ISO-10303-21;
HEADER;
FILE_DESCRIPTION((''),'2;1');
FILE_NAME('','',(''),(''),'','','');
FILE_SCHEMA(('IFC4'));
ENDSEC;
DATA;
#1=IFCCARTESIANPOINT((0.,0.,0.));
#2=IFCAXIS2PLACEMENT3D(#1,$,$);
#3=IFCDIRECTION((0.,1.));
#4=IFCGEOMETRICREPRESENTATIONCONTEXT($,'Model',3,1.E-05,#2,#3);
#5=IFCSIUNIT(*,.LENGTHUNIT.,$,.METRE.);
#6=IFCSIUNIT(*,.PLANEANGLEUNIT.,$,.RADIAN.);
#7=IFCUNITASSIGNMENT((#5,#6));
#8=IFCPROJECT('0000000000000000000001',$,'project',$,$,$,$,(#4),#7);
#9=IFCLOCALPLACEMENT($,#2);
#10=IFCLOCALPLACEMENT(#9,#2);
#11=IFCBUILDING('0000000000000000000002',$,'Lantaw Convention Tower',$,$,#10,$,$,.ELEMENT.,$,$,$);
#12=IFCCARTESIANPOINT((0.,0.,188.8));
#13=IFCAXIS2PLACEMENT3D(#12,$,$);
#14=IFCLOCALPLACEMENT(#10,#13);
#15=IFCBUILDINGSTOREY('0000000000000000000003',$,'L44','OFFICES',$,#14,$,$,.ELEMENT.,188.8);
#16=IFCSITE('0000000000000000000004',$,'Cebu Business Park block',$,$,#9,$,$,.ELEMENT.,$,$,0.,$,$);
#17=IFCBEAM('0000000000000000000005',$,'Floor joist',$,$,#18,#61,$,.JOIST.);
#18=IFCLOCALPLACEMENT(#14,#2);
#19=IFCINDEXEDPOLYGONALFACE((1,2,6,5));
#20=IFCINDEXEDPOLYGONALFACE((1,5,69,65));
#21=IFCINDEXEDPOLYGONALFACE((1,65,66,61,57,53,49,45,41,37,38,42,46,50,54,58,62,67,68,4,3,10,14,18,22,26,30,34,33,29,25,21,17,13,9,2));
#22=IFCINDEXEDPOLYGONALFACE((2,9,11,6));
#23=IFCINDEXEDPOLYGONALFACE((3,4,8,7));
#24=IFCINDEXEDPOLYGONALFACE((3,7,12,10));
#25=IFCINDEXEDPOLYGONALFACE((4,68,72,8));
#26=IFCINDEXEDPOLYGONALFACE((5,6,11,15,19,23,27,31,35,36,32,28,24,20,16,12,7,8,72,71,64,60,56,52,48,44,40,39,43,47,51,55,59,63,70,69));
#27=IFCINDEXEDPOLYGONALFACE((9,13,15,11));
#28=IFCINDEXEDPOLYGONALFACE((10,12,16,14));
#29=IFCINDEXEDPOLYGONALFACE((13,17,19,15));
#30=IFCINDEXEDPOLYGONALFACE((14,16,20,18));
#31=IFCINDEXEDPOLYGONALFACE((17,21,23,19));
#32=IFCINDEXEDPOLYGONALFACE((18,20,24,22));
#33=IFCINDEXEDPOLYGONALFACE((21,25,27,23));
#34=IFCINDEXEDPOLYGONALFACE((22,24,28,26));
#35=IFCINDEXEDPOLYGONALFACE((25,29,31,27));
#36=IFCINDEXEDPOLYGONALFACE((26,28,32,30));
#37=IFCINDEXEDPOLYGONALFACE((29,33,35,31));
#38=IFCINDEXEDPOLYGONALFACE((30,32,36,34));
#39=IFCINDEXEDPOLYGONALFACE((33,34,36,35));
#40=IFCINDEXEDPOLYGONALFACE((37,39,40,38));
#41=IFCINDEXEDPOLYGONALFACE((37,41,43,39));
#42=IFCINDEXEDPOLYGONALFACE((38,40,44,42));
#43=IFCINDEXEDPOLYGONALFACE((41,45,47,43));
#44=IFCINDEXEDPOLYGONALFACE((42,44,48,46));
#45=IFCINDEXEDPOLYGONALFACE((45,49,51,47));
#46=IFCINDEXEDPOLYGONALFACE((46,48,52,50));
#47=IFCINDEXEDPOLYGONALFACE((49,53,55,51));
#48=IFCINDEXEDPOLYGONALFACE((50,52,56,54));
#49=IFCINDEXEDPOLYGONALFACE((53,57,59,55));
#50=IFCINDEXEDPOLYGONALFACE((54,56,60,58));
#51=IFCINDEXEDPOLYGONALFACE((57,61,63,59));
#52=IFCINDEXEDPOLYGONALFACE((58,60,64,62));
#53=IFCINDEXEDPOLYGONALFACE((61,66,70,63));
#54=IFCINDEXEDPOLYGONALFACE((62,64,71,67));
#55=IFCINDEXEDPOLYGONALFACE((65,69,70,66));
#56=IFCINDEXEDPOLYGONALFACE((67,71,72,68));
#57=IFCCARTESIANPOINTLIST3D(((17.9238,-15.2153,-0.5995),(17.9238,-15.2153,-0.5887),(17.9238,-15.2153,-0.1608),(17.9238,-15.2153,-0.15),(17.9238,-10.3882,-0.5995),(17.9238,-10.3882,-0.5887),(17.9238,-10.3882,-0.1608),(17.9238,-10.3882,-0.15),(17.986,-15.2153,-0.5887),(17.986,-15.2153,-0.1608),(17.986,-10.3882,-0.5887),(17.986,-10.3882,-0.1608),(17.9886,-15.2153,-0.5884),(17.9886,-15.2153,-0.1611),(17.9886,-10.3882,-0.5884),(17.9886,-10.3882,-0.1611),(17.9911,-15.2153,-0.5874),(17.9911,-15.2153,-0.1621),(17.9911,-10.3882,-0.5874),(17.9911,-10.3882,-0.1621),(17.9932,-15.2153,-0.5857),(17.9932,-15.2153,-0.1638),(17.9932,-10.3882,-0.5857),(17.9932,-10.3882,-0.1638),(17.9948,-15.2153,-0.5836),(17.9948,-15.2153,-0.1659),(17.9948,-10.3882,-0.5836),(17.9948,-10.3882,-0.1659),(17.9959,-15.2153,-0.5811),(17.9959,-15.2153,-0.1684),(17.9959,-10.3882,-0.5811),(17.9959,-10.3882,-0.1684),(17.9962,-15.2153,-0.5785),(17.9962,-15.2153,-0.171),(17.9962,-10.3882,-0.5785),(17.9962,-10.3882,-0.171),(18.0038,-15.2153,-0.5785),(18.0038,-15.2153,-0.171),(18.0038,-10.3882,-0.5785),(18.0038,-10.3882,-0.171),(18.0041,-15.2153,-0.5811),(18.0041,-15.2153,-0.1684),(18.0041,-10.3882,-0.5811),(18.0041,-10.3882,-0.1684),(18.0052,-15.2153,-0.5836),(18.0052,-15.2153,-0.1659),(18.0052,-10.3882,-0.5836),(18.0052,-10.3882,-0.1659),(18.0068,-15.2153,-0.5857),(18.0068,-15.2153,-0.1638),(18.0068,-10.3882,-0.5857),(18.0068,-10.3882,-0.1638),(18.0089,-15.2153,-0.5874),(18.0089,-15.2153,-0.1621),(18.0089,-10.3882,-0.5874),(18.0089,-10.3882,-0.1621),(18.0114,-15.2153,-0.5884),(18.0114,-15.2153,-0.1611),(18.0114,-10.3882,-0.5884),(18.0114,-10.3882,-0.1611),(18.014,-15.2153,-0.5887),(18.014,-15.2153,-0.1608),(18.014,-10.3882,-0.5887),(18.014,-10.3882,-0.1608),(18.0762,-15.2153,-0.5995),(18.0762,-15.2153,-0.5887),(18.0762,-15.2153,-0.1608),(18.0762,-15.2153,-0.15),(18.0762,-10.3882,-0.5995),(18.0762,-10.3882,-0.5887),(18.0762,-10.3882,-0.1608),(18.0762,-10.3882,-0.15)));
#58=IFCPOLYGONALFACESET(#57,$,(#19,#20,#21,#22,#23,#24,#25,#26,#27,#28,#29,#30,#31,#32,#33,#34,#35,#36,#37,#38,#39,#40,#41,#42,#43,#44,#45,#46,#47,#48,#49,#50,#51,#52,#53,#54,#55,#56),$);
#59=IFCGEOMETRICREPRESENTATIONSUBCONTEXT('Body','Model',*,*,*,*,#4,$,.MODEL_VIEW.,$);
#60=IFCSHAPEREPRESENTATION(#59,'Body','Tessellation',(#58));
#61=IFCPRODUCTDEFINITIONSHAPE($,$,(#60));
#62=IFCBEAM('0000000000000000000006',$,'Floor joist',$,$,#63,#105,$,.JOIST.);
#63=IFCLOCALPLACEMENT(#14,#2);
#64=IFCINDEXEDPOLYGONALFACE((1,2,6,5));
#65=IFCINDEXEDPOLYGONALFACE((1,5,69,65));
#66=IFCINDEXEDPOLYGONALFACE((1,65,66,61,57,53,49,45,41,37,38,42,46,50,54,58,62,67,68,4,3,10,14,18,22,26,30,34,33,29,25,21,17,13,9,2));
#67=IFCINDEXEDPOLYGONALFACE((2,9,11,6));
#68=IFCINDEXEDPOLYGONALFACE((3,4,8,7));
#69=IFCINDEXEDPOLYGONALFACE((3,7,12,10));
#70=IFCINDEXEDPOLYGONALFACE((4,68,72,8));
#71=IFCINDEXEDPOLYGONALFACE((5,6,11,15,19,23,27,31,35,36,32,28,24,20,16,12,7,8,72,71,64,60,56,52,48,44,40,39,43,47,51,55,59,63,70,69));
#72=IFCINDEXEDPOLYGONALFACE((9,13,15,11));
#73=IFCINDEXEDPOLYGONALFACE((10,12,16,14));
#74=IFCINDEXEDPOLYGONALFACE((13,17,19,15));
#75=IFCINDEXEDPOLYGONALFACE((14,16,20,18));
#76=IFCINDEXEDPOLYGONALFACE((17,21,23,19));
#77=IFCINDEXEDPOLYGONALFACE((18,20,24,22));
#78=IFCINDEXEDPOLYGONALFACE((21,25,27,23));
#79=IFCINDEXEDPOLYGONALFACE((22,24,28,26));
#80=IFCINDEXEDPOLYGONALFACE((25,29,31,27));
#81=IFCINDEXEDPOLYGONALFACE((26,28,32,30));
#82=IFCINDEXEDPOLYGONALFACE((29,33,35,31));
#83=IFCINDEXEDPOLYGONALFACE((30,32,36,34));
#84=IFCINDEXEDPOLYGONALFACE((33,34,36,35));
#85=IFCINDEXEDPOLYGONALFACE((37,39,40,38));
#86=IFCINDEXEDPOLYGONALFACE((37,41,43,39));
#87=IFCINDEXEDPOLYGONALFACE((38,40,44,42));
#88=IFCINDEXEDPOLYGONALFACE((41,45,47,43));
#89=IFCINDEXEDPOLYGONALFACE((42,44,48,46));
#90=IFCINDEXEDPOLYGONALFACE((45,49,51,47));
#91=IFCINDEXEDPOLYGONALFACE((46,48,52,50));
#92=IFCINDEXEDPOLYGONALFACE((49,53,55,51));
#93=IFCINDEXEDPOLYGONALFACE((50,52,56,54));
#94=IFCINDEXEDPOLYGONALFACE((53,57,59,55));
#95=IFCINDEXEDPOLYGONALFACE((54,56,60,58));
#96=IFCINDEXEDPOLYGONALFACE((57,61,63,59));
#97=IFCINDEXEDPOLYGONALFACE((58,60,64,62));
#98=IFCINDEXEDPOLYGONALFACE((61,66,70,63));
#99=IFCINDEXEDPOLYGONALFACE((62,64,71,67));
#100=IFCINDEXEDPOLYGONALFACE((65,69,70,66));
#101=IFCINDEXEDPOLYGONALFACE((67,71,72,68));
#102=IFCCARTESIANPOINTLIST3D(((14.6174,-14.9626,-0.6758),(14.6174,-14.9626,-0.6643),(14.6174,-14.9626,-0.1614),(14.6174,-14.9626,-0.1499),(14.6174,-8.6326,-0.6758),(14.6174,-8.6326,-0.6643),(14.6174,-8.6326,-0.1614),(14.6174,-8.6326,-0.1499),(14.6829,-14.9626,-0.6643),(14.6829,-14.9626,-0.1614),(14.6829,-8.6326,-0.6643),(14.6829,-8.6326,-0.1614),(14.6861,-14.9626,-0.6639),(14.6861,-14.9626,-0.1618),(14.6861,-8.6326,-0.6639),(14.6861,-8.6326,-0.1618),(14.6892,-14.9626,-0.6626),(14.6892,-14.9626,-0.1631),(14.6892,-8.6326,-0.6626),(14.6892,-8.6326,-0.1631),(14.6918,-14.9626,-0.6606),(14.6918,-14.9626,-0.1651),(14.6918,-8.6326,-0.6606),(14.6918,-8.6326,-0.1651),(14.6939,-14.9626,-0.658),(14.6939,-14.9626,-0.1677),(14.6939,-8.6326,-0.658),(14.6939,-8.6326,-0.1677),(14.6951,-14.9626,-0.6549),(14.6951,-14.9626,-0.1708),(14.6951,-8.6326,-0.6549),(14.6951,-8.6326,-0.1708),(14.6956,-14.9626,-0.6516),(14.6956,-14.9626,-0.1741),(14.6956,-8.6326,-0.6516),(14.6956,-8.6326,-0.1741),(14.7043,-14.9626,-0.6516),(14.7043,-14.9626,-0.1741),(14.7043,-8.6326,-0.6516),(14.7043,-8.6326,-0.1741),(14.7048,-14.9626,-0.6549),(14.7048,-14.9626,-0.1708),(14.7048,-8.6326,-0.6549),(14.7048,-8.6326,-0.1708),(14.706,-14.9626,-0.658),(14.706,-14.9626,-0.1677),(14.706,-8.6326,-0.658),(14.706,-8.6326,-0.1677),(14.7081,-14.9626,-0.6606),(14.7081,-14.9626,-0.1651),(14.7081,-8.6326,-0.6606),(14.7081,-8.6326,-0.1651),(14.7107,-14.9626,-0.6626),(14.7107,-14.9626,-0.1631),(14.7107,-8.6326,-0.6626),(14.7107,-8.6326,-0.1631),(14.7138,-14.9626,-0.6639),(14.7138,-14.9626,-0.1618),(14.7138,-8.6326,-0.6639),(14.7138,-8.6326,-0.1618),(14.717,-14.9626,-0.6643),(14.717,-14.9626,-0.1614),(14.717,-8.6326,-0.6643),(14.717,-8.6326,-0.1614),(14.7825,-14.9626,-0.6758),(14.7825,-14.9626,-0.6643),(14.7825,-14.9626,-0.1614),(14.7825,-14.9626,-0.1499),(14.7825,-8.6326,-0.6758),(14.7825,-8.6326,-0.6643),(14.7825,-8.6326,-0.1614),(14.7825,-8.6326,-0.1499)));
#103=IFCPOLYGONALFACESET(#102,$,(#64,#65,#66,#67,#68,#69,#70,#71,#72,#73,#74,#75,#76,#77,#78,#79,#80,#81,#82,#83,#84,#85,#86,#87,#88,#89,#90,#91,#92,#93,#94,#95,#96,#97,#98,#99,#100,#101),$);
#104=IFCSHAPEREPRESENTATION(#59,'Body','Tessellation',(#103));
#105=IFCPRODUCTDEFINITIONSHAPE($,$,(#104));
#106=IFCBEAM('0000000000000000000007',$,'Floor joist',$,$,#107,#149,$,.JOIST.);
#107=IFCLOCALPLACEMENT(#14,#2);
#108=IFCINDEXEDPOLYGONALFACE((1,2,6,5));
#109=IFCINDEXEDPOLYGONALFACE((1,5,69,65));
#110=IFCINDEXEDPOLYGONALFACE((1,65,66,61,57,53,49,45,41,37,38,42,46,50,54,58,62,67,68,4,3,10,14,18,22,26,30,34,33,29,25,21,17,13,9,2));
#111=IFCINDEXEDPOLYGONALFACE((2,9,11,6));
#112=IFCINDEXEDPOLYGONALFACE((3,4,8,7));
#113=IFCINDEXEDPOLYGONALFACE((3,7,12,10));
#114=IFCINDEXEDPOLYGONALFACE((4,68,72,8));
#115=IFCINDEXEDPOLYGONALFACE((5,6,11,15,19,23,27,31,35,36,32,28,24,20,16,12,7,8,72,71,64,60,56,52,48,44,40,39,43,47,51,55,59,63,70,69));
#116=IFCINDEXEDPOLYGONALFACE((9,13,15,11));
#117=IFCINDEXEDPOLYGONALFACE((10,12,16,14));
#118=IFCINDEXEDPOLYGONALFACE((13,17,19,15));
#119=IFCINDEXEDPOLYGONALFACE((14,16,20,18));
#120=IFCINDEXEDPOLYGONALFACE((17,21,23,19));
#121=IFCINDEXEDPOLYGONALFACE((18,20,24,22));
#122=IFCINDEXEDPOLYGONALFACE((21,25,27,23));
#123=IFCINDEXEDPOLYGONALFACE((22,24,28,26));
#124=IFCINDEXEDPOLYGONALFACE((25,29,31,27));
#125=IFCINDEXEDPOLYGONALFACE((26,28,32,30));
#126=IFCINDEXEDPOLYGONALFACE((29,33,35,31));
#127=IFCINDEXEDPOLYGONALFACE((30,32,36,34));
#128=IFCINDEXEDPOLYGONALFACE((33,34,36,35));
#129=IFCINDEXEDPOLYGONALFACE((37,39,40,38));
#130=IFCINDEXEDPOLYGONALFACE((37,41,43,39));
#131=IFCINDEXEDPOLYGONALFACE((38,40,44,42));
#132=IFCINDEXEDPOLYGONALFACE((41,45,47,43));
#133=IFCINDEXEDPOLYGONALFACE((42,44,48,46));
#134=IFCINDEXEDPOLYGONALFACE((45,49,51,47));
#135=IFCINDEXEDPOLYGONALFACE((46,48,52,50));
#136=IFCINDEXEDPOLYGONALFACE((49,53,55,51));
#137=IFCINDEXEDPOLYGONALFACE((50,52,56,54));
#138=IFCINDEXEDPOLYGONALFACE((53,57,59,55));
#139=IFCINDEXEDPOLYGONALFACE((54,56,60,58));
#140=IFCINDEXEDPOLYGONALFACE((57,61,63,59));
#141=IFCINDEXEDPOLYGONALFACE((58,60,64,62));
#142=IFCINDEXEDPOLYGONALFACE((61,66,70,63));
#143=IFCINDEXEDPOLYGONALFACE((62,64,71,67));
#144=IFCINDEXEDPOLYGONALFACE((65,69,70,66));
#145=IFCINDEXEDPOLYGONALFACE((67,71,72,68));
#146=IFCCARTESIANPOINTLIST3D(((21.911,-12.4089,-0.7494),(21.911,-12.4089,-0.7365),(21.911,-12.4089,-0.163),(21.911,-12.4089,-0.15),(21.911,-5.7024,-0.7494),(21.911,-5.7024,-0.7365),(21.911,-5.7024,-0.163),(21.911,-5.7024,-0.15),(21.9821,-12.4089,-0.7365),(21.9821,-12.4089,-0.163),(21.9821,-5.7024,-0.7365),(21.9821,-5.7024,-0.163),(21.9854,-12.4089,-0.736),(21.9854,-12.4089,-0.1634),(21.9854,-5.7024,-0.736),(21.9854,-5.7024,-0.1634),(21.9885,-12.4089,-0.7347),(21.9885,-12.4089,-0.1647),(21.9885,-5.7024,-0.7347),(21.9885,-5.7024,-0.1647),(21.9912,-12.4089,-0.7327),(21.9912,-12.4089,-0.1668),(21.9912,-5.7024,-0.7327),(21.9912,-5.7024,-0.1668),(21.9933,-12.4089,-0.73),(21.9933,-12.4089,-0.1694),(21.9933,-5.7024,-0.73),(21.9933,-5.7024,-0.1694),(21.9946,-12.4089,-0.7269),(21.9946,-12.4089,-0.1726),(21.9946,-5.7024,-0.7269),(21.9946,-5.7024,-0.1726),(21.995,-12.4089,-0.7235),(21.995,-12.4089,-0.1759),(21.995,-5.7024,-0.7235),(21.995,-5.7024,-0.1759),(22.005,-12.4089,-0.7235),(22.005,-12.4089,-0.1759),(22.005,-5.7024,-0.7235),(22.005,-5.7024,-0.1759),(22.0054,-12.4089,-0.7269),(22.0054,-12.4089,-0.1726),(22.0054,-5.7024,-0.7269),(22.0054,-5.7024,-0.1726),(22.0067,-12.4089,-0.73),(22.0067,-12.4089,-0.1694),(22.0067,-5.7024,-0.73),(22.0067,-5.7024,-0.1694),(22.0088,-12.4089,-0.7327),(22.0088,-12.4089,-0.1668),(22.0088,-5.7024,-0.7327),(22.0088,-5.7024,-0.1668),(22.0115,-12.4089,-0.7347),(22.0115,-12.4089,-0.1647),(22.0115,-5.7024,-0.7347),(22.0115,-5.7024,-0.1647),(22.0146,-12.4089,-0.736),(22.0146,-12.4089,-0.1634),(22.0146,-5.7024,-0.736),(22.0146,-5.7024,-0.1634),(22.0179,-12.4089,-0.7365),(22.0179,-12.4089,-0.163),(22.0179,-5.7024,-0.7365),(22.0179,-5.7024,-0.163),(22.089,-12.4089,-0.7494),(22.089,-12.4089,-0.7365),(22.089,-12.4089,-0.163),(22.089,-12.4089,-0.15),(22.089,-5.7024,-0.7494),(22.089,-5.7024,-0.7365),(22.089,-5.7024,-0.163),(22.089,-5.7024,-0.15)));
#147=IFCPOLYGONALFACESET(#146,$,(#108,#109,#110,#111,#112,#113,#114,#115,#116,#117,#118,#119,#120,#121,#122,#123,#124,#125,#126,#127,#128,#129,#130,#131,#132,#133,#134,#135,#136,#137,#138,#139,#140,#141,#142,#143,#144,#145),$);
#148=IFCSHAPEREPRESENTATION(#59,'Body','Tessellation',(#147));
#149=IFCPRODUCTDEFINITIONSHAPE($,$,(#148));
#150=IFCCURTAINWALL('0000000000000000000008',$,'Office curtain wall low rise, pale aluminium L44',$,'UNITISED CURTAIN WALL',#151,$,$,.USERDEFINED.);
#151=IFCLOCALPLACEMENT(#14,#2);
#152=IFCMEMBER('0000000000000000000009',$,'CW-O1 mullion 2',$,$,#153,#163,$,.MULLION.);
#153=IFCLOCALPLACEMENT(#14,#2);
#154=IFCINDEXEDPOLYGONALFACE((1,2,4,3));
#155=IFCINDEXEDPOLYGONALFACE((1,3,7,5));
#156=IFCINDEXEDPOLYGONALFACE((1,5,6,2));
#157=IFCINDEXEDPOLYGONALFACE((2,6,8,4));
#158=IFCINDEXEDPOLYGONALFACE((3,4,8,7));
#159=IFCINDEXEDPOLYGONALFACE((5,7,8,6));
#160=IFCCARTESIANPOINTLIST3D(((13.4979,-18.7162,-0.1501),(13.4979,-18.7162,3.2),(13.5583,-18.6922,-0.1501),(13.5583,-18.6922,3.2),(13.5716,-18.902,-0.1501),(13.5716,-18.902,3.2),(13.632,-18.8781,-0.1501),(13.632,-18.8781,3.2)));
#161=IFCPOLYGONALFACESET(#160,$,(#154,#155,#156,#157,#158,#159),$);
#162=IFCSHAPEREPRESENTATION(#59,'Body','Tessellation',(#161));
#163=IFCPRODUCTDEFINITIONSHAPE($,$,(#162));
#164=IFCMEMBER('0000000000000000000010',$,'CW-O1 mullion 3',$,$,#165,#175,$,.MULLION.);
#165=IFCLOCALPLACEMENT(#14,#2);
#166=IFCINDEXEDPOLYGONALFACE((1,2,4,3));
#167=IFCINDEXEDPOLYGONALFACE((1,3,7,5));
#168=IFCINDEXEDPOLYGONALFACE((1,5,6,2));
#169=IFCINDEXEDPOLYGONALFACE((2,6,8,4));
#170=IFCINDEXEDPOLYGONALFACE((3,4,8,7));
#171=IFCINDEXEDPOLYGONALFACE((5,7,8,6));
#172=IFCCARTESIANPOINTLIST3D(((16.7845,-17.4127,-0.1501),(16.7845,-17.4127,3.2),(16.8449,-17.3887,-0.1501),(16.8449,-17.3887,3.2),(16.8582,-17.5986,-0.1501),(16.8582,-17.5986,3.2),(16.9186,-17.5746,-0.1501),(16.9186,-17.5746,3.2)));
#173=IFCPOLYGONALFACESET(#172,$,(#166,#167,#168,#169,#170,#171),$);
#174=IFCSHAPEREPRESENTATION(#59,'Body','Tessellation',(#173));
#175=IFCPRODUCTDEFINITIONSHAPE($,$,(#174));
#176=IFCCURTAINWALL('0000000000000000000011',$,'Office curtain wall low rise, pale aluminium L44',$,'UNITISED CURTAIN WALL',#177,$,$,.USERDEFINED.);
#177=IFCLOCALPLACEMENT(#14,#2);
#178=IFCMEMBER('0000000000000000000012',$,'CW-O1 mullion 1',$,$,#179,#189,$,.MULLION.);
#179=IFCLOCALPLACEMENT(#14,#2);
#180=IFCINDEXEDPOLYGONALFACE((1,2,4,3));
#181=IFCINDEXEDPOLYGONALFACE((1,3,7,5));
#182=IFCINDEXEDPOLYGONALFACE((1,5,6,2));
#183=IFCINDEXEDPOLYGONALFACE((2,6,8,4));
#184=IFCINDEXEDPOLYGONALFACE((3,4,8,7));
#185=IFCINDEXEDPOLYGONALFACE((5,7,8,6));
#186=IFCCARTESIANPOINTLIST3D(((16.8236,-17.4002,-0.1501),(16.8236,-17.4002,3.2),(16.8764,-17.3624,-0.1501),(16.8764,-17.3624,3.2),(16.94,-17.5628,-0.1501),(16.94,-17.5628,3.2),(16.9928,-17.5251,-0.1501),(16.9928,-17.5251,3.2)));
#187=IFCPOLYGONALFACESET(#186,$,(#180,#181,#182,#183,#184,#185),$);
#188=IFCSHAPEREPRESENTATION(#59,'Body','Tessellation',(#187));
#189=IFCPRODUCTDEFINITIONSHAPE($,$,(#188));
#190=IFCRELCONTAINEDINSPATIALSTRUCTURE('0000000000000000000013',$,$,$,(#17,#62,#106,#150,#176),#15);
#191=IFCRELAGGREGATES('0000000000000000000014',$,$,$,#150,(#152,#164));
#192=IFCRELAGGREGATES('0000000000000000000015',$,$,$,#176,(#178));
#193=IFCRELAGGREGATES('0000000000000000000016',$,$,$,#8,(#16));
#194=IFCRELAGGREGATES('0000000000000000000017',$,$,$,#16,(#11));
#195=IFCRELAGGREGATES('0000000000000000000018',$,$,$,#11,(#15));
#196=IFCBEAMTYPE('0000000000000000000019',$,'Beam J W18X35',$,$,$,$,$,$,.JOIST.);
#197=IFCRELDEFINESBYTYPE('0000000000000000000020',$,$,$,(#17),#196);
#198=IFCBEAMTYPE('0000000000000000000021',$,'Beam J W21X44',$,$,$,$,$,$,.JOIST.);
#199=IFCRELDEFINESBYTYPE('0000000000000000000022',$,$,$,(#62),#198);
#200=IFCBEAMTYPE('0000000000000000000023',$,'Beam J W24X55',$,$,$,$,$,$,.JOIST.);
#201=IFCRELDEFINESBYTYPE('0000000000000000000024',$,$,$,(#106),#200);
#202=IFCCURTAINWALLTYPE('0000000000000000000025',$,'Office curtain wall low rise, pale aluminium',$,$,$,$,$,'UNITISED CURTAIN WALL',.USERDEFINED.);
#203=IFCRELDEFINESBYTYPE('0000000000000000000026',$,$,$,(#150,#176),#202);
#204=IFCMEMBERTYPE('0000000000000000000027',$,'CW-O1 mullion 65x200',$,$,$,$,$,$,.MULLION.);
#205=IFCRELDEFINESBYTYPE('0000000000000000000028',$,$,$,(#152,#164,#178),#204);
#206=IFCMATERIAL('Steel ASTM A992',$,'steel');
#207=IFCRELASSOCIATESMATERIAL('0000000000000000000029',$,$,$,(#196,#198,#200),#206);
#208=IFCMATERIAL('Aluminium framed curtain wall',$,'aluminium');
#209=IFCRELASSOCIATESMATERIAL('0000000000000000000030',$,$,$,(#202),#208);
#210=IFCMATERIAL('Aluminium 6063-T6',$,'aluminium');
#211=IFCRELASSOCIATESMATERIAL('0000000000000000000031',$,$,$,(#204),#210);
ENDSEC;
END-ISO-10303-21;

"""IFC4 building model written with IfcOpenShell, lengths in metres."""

from ifc_helpers import new_model, si_unit, direction, frame, origin, origin_2d, place, context, subcontext, project, spatial, rectangle, i_section, extrude, material, material_profile, profile_set, type_object, element, aggregate, save


model = new_model("IFC4")

# Units and contexts
model_context = context("Model", 3, precision=1e-05, world=origin(), true_north=direction((0.0, 1.0)))
body_context = subcontext(model_context, "Body", "Model", "MODEL_VIEW")
ifc_project = project(units=[si_unit("LENGTHUNIT", "METRE"), si_unit("PLANEANGLEUNIT", "RADIAN")], contexts=[model_context])

# Site, building, storey
site_placement = place(None, origin())
site = spatial("IfcSite", under=ifc_project, at=site_placement, Name="Cebu Business Park block", CompositionType="ELEMENT", RefElevation=0.0)
building_placement = place(site_placement, origin())
building = spatial("IfcBuilding", under=site, at=building_placement, Name="Lantaw Convention Tower", CompositionType="ELEMENT")
storey_placement = place(building_placement, frame((0.0, 0.0, 188.8)))
storey = spatial("IfcBuildingStorey", under=building, at=storey_placement, Name="L44", Description="OFFICES", CompositionType="ELEMENT", Elevation=188.8)

# Beams
ifc_material_1 = material(Name="Steel ASTM A992", Category="steel")
ifc_material_profile_1 = material_profile(ifc_material_1, i_section(OverallWidth=0.1523, OverallDepth=0.4495, WebThickness=0.0076, FlangeThickness=0.0107, FilletRadius=0.0103, at=origin_2d()), Name="W18X35")
ifc_profile_set_1 = profile_set([ifc_material_profile_1], Name="Steel ASTM A992")
beam_type_1 = type_object("IfcBeamType", Name="Beam J W18X35", PredefinedType="JOIST", material=ifc_profile_set_1)
beam_1_placement = place(storey_placement, frame((18.0, -15.2153, -0.3748), z_axis=(0.0, 1.0, 0.0), x_axis=(-1.0, 0.0, 0.0)))
element("IfcBeam", 1, at=beam_1_placement, inside=storey, type_object=beam_type_1, Name="Floor joist", PredefinedType="JOIST", context=body_context, shape_type="SweptSolid", body=[
    extrude(i_section(OverallWidth=0.1523, OverallDepth=0.4495, WebThickness=0.0076, FlangeThickness=0.0107, FilletRadius=0.0103, at=origin_2d()), origin(), (0.0, 0.0, 1.0), 4.8271),
])
ifc_material_profile_2 = material_profile(ifc_material_1, i_section(OverallWidth=0.165, OverallDepth=0.5259, WebThickness=0.0088, FlangeThickness=0.0115, FilletRadius=0.0127, at=origin_2d()), Name="W21X44")
ifc_profile_set_2 = profile_set([ifc_material_profile_2], Name="Steel ASTM A992")
beam_type_2 = type_object("IfcBeamType", Name="Beam J W21X44", PredefinedType="JOIST", material=ifc_profile_set_2)
beam_2_placement = place(storey_placement, frame((14.7, -14.9626, -0.4128), z_axis=(0.0, 1.0, 0.0), x_axis=(-1.0, 0.0, 0.0)))
element("IfcBeam", 2, at=beam_2_placement, inside=storey, type_object=beam_type_2, Name="Floor joist", PredefinedType="JOIST", context=body_context, shape_type="SweptSolid", body=[
    extrude(i_section(OverallWidth=0.165, OverallDepth=0.5259, WebThickness=0.0088, FlangeThickness=0.0115, FilletRadius=0.0127, at=origin_2d()), origin(), (0.0, 0.0, 1.0), 6.3301),
])
ifc_material_profile_3 = material_profile(ifc_material_1, i_section(OverallWidth=0.178, OverallDepth=0.5994, WebThickness=0.01, FlangeThickness=0.0129, FilletRadius=0.0129, at=origin_2d()), Name="W24X55")
ifc_profile_set_3 = profile_set([ifc_material_profile_3], Name="Steel ASTM A992")
beam_type_3 = type_object("IfcBeamType", Name="Beam J W24X55", PredefinedType="JOIST", material=ifc_profile_set_3)
beam_3_placement = place(storey_placement, frame((22.0, -12.4089, -0.4497), z_axis=(0.0, 1.0, 0.0), x_axis=(-1.0, 0.0, 0.0)))
element("IfcBeam", 3, at=beam_3_placement, inside=storey, type_object=beam_type_3, Name="Floor joist", PredefinedType="JOIST", context=body_context, shape_type="SweptSolid", body=[
    extrude(i_section(OverallWidth=0.178, OverallDepth=0.5994, WebThickness=0.01, FlangeThickness=0.0129, FilletRadius=0.0129, at=origin_2d()), origin(), (0.0, 0.0, 1.0), 6.7065),
])

# Curtain walls, members
ifc_material_2 = material(Name="Aluminium framed curtain wall", Category="aluminium")
curtain_wall_type = type_object("IfcCurtainWallType", Name="Office curtain wall low rise, pale aluminium", ElementType="UNITISED CURTAIN WALL", PredefinedType="USERDEFINED", material=ifc_material_2)
curtain_wall_1_placement = place(storey_placement, origin())
curtain_wall_1 = element("IfcCurtainWall", 4, at=curtain_wall_1_placement, inside=storey, type_object=curtain_wall_type, Name="Office curtain wall low rise, pale aluminium L44", ObjectType="UNITISED CURTAIN WALL", PredefinedType="USERDEFINED")
ifc_material_3 = material(Name="Aluminium 6063-T6", Category="aluminium")
ifc_material_profile_4 = material_profile(ifc_material_3, rectangle(XDim=0.2, YDim=0.0649, at=origin_2d()), Name="CW-O1 mullion 65x200")
ifc_profile_set_4 = profile_set([ifc_material_profile_4], Name="Aluminium 6063-T6")
member_type_1 = type_object("IfcMemberType", Name="CW-O1 mullion 65x200", PredefinedType="MULLION", material=ifc_profile_set_4)
member_1_placement = place(storey_placement, frame((13.5649, -18.7971, -0.1501), z_axis=(0.0, 0.0, 1.0), x_axis=(-0.368702, 0.929548, 0.0)))
member_1 = element("IfcMember", 5, at=member_1_placement, type_object=member_type_1, Name="CW-O1 mullion 2", PredefinedType="MULLION", context=body_context, shape_type="SweptSolid", body=[
    extrude(rectangle(XDim=0.2, YDim=0.0649, at=origin_2d()), origin(), (0.0, 0.0, 1.0), 3.3501),
])
member_2_placement = place(storey_placement, frame((16.8516, -17.4937, -0.1501), z_axis=(0.0, 0.0, 1.0), x_axis=(-0.368702, 0.929548, 0.0)))
member_2 = element("IfcMember", 6, at=member_2_placement, type_object=member_type_1, Name="CW-O1 mullion 3", PredefinedType="MULLION", context=body_context, shape_type="SweptSolid", body=[
    extrude(rectangle(XDim=0.2, YDim=0.0649, at=origin_2d()), origin(), (0.0, 0.0, 1.0), 3.3501),
])
curtain_wall_2_placement = place(storey_placement, origin())
curtain_wall_2 = element("IfcCurtainWall", 7, at=curtain_wall_2_placement, inside=storey, type_object=curtain_wall_type, Name="Office curtain wall low rise, pale aluminium L44", ObjectType="UNITISED CURTAIN WALL", PredefinedType="USERDEFINED")
member_3_placement = place(storey_placement, frame((16.9082, -17.4626, -0.1501), z_axis=(0.0, 0.0, 1.0), x_axis=(-0.581973, 0.813208, 0.0)))
member_3 = element("IfcMember", 8, at=member_3_placement, type_object=member_type_1, Name="CW-O1 mullion 1", PredefinedType="MULLION", context=body_context, shape_type="SweptSolid", body=[
    extrude(rectangle(XDim=0.2, YDim=0.0649, at=origin_2d()), origin(), (0.0, 0.0, 1.0), 3.3501),
])

aggregate(curtain_wall_1, [member_1, member_2])
aggregate(curtain_wall_2, [member_3])

save(model, "model.ifc")
